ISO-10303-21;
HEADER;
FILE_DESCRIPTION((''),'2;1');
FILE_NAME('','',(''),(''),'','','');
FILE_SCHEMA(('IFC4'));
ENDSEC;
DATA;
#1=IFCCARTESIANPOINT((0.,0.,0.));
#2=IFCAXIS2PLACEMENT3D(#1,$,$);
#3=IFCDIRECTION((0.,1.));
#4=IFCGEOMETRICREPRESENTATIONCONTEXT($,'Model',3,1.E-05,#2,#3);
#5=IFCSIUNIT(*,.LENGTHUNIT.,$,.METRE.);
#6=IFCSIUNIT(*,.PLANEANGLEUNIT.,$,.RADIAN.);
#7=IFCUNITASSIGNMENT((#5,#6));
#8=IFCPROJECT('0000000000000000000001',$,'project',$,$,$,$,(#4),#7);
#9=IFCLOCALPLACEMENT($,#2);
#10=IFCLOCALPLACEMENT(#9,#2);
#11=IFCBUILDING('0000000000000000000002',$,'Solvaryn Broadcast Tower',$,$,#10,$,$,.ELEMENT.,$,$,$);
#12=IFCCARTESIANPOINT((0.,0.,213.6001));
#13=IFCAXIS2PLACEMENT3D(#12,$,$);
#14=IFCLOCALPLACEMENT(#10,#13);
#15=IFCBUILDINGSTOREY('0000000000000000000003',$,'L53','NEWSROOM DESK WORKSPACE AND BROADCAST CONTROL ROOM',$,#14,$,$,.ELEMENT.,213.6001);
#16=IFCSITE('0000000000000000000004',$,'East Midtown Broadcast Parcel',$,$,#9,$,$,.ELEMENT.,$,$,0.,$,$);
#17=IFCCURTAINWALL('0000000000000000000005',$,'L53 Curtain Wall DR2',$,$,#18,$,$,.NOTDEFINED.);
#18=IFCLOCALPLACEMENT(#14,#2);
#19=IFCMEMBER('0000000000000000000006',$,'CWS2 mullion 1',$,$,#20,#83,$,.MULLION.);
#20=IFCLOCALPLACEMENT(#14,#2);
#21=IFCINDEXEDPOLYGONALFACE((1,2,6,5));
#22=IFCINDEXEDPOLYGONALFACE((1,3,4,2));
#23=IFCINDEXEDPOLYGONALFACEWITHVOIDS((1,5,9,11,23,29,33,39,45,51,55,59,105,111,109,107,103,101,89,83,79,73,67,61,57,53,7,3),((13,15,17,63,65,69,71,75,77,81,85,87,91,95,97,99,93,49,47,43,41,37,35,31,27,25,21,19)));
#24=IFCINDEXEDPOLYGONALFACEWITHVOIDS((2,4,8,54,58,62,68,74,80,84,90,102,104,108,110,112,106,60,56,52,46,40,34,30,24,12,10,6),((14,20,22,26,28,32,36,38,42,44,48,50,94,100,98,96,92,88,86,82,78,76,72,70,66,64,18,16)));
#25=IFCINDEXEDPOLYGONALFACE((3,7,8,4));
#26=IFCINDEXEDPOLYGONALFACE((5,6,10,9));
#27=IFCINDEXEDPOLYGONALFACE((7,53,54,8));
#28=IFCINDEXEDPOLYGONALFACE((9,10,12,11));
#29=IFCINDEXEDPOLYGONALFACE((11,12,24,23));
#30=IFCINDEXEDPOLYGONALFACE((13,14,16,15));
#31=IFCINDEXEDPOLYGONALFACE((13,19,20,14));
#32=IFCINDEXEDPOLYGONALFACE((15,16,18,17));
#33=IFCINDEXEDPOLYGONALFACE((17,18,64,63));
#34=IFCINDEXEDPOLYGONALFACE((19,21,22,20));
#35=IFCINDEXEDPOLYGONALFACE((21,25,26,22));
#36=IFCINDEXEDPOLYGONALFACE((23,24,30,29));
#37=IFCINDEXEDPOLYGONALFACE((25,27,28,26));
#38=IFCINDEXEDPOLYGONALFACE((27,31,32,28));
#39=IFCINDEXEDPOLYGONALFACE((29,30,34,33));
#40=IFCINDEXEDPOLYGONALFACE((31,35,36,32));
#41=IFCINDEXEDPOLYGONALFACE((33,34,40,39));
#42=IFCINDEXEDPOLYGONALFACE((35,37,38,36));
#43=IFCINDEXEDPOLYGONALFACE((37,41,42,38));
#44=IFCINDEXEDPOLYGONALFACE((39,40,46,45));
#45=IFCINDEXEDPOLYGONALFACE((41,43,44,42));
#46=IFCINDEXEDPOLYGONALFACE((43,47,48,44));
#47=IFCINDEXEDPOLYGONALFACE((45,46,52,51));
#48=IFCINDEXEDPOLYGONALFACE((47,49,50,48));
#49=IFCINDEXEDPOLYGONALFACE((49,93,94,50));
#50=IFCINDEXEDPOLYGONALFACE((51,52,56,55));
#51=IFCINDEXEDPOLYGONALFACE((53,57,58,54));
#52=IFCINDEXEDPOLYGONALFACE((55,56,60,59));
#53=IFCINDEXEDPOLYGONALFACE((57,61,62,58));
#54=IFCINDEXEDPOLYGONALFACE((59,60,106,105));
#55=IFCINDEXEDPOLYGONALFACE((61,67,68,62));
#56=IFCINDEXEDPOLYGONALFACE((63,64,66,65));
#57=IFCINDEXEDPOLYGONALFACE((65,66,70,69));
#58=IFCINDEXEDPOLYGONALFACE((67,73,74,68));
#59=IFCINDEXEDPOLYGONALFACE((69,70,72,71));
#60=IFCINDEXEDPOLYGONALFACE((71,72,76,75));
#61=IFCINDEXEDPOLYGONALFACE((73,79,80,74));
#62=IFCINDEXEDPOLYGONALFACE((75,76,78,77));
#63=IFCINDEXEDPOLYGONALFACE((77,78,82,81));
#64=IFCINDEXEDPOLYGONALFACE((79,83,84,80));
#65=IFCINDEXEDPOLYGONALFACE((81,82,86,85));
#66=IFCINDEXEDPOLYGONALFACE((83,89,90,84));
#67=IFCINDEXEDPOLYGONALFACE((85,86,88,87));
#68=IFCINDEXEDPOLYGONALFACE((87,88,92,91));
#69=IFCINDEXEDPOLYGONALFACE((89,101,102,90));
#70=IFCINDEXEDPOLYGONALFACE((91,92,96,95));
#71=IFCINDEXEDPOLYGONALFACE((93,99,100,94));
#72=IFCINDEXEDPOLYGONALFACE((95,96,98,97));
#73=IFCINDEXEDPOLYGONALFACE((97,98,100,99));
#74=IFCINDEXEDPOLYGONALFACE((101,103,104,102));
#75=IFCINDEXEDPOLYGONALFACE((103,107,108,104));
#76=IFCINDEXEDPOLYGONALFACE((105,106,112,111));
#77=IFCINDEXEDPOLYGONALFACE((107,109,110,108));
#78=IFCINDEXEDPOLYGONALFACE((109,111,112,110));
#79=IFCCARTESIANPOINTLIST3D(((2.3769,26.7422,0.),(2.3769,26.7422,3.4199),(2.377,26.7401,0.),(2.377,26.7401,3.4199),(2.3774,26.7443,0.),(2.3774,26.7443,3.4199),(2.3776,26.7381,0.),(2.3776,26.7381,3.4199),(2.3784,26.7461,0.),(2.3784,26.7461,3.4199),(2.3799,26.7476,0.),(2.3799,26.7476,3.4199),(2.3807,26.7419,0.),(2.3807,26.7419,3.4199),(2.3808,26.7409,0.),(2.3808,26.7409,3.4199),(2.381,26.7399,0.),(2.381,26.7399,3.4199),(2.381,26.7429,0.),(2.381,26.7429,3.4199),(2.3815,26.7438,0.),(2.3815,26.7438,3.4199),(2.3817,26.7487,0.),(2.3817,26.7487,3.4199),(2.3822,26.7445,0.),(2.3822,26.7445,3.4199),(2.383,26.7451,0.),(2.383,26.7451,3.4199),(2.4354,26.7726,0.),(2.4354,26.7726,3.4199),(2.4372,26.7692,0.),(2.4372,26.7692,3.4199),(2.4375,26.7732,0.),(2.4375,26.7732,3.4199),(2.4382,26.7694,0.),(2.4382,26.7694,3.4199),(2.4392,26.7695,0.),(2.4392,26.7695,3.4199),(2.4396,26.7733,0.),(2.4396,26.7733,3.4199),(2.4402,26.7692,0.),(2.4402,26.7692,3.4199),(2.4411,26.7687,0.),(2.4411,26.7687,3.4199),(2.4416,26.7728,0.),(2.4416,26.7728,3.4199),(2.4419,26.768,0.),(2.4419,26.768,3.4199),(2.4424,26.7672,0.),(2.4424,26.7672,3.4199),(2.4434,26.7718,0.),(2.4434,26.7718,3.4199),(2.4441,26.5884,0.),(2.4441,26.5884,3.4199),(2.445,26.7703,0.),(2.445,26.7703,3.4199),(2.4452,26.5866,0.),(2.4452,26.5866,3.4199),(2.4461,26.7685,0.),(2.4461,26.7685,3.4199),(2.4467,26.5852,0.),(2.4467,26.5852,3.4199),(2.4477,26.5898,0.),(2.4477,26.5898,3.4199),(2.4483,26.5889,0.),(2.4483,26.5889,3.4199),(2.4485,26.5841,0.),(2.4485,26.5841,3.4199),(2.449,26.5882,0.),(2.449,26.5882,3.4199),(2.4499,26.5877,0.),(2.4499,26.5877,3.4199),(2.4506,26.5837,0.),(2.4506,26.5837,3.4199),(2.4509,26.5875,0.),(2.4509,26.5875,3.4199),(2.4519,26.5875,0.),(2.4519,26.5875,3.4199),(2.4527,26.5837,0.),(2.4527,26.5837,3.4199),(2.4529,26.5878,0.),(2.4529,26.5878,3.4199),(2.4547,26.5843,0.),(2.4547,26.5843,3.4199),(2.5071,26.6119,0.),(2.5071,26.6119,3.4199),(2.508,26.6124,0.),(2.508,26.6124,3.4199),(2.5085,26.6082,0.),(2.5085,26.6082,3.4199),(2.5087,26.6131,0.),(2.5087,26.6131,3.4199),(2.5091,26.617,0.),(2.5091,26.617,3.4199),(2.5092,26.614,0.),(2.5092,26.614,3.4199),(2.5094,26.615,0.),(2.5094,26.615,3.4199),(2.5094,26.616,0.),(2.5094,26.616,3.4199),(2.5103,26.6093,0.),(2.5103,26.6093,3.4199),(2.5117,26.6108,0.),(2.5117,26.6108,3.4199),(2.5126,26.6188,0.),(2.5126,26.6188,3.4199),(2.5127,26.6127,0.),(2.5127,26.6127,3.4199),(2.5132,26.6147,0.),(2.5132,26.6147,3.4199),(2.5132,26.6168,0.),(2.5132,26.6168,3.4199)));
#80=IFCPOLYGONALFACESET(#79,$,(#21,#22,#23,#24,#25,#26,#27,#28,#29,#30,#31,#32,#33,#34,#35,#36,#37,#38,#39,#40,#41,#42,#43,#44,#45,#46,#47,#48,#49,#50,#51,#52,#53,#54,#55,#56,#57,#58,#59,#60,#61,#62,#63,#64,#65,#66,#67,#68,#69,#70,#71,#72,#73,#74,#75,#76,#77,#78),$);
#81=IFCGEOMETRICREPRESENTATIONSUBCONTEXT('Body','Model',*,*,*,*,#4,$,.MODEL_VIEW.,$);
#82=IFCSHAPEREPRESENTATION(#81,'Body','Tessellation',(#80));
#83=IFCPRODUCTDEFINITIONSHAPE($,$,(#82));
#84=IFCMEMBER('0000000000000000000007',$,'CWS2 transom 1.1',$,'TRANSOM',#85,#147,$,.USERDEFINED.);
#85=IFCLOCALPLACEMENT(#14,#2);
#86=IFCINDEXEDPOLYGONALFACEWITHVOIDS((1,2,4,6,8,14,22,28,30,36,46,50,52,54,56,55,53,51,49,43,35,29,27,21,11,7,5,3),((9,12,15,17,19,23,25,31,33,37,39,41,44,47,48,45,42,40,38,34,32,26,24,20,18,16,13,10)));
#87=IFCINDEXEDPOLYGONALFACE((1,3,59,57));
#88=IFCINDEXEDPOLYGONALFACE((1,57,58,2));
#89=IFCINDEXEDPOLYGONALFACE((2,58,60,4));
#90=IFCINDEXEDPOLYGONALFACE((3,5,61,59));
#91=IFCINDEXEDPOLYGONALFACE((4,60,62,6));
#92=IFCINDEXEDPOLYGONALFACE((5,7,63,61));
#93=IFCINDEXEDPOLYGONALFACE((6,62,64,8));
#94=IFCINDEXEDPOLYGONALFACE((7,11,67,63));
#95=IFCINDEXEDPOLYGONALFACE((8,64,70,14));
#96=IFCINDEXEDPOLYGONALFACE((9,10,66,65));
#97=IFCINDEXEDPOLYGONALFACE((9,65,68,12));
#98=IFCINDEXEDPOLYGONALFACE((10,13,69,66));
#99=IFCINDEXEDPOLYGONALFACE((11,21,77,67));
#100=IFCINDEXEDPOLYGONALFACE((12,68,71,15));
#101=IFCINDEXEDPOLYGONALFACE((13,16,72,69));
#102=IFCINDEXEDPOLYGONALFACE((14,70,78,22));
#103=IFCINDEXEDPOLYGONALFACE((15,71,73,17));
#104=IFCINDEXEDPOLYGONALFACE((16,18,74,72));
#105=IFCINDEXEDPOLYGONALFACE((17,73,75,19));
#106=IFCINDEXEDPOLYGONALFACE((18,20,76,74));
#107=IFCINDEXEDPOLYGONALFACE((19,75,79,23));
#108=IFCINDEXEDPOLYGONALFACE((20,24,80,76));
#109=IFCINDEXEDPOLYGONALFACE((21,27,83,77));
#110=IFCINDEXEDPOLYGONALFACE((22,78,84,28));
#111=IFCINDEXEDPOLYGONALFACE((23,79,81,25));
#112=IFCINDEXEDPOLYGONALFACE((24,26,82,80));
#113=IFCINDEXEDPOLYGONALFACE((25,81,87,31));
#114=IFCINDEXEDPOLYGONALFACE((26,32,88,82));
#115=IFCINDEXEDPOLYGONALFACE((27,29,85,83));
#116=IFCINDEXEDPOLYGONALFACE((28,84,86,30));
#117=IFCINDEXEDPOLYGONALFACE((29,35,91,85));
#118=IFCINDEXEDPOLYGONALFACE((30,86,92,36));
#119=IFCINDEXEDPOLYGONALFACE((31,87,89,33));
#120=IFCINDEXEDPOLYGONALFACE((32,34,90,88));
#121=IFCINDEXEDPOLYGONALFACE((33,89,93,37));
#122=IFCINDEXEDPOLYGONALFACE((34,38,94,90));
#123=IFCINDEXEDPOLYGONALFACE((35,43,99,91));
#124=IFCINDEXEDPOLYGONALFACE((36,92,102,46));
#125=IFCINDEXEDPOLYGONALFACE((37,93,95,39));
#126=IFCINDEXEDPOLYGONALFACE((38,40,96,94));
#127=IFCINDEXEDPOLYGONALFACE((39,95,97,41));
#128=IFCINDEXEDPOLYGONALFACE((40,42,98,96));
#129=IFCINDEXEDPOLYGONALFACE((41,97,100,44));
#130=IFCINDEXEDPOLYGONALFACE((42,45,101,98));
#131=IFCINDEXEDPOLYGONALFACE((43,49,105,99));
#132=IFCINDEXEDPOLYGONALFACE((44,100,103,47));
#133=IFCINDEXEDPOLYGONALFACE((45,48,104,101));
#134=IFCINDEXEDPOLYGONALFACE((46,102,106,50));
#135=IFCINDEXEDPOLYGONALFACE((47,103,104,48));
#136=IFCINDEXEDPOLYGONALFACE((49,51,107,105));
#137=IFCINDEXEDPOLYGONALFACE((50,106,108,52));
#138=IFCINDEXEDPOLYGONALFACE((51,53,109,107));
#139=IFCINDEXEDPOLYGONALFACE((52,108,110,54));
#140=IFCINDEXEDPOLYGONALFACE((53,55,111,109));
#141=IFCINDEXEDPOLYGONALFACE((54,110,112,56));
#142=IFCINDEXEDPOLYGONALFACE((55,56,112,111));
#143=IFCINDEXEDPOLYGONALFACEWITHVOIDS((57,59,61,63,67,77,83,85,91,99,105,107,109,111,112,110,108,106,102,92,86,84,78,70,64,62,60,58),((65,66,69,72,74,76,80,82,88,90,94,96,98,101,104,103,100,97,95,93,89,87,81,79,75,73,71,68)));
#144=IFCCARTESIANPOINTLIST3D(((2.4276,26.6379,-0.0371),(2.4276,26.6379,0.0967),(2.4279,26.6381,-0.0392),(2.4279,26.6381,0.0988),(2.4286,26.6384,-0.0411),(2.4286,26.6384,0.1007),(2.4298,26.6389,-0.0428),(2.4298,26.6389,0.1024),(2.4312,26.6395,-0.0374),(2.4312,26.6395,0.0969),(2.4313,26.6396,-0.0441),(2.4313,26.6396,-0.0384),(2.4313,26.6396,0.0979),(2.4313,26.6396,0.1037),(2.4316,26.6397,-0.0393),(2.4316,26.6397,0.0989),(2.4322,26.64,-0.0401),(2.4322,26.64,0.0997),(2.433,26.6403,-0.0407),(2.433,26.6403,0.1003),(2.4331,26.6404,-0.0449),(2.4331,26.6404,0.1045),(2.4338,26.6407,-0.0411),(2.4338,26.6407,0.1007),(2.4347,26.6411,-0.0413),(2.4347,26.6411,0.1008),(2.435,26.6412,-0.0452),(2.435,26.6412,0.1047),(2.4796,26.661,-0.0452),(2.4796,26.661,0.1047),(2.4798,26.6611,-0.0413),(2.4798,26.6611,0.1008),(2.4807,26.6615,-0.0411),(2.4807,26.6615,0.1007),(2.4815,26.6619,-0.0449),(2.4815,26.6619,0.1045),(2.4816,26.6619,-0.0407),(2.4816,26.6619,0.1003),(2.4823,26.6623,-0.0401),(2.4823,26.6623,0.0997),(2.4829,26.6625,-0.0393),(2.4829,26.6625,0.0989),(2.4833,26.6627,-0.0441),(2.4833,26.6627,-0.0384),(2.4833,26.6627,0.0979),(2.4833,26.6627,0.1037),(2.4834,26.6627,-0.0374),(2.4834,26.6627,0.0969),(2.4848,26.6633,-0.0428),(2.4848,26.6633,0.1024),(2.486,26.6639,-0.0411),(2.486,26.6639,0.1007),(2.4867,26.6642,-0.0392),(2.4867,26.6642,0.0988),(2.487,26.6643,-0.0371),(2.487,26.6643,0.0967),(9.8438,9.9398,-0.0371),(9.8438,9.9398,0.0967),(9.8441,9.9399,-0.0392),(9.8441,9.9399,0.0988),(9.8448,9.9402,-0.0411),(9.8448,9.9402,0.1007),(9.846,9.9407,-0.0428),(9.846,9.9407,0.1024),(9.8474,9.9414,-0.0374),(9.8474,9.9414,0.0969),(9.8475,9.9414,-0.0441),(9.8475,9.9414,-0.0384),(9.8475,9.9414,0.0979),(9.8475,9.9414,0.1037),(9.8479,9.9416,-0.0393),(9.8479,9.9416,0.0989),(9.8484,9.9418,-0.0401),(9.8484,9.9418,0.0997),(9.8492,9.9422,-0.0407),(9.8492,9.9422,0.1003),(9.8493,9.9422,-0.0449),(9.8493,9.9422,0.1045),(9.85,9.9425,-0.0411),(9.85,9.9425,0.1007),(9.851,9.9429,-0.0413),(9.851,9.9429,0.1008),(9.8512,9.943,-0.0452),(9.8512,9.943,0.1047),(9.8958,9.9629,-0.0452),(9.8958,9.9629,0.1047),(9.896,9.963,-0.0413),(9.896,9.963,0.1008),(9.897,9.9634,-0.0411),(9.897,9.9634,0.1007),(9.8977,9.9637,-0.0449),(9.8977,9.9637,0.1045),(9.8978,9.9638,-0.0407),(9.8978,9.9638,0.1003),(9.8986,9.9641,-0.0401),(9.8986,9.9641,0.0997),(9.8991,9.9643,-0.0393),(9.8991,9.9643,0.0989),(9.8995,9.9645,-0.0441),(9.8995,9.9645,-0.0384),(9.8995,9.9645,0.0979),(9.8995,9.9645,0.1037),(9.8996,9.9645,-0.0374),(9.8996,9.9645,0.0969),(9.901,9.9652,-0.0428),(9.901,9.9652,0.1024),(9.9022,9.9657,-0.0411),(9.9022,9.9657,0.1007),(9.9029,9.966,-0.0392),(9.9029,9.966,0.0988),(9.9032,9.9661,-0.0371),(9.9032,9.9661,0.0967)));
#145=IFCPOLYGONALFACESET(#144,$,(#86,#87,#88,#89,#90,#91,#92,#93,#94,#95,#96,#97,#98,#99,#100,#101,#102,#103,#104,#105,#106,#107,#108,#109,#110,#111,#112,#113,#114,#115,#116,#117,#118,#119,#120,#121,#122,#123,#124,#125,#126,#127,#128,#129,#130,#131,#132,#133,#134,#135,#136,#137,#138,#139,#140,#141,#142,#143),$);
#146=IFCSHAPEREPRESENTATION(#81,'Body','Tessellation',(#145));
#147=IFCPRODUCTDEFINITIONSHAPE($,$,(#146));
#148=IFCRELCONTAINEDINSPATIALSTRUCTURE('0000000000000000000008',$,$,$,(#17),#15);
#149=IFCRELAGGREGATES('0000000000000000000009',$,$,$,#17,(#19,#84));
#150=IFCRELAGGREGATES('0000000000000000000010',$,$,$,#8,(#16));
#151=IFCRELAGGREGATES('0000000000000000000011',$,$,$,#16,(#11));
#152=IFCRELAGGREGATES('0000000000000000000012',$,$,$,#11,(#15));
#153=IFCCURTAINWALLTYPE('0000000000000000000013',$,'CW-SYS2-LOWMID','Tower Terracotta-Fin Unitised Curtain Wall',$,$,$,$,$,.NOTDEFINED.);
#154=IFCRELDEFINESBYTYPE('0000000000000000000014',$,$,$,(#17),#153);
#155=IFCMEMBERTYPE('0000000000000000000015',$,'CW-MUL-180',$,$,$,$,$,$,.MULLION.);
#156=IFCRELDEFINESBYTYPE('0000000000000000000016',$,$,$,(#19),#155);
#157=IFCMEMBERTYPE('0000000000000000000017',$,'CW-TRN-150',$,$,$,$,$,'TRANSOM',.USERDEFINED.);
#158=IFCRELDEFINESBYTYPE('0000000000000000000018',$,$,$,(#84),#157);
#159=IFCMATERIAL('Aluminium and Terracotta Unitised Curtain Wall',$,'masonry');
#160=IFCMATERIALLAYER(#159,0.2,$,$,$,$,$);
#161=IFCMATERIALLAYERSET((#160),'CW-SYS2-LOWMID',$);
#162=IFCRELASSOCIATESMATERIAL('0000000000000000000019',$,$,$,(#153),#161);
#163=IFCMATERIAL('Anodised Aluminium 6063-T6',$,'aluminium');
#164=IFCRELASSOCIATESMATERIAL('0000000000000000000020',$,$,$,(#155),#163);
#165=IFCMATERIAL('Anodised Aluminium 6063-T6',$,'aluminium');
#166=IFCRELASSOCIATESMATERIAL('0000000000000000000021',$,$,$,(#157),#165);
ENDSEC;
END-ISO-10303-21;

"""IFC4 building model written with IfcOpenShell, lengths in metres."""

from ifc_helpers import new_model, si_unit, direction, frame, origin, origin_2d, place, context, subcontext, project, spatial, hollow_rectangle, extrude, material, layer, layer_set, material_profile, profile_set, type_object, element, aggregate, save


model = new_model("IFC4")

# Units and contexts
model_context = context("Model", 3, precision=1e-05, world=origin(), true_north=direction((0.0, 1.0)))
body_context = subcontext(model_context, "Body", "Model", "MODEL_VIEW")
ifc_project = project(units=[si_unit("LENGTHUNIT", "METRE"), si_unit("PLANEANGLEUNIT", "RADIAN")], contexts=[model_context])

# Site, building, storey
site_placement = place(None, origin())
site = spatial("IfcSite", under=ifc_project, at=site_placement, Name="East Midtown Broadcast Parcel", CompositionType="ELEMENT", RefElevation=0.0)
building_placement = place(site_placement, origin())
building = spatial("IfcBuilding", under=site, at=building_placement, Name="Solvaryn Broadcast Tower", CompositionType="ELEMENT")
storey_placement = place(building_placement, frame((0.0, 0.0, 213.6001)))
storey = spatial("IfcBuildingStorey", under=building, at=storey_placement, Name="L53", Description="NEWSROOM DESK WORKSPACE AND BROADCAST CONTROL ROOM", CompositionType="ELEMENT", Elevation=213.6001)

# Shared definitions
ifc_material_1 = material(Name="Aluminium and Terracotta Unitised Curtain Wall", Category="masonry")
ifc_layer_1 = layer(ifc_material_1, 0.2)
ifc_layer_set_1 = layer_set([ifc_layer_1], Name="CW-SYS2-LOWMID")
curtain_wall_type = type_object("IfcCurtainWallType", Name="CW-SYS2-LOWMID", Description="Tower Terracotta-Fin Unitised Curtain Wall", PredefinedType="NOTDEFINED", material=ifc_layer_set_1)
ifc_material_2 = material(Name="Anodised Aluminium 6063-T6", Category="aluminium")
ifc_material_profile_1 = material_profile(ifc_material_2, hollow_rectangle(XDim=0.075, YDim=0.1799, WallThickness=0.0039, InnerFilletRadius=0.0039, OuterFilletRadius=0.0081, at=origin_2d()))
ifc_profile_set_1 = profile_set([ifc_material_profile_1], Name="Anodised Aluminium 6063-T6")
member_type_1 = type_object("IfcMemberType", Name="CW-MUL-180", PredefinedType="MULLION", material=ifc_profile_set_1)

# Curtain wall, members
curtain_wall_1_placement = place(storey_placement, origin())
curtain_wall_1 = element("IfcCurtainWall", 1, at=curtain_wall_1_placement, inside=storey, type_object=curtain_wall_type, Name="L53 Curtain Wall DR2", PredefinedType="NOTDEFINED")
member_1_placement = place(storey_placement, frame((2.4451, 26.6785, 0.0), z_axis=(0.0, 0.0, 1.0), x_axis=(0.913917, 0.405901, 0.0)))
member_1 = element("IfcMember", 2, at=member_1_placement, type_object=member_type_1, Name="CWS2 mullion 1", PredefinedType="MULLION", context=body_context, shape_type="SweptSolid", body=[
    extrude(hollow_rectangle(XDim=0.075, YDim=0.1799, WallThickness=0.0039, InnerFilletRadius=0.0039, OuterFilletRadius=0.0081, at=origin_2d()), origin(), (0.0, 0.0, 1.0), 3.4199),
])
ifc_material_3 = material(Name="Anodised Aluminium 6063-T6", Category="aluminium")
ifc_material_profile_2 = material_profile(ifc_material_3, hollow_rectangle(XDim=0.0649, YDim=0.1499, WallThickness=0.0039, InnerFilletRadius=0.0039, OuterFilletRadius=0.0081, at=origin_2d()))
ifc_profile_set_2 = profile_set([ifc_material_profile_2], Name="Anodised Aluminium 6063-T6")
member_type_2 = type_object("IfcMemberType", Name="CW-TRN-150", ElementType="TRANSOM", PredefinedType="USERDEFINED", material=ifc_profile_set_2)
member_2_placement = place(storey_placement, frame((2.4573, 26.6511, 0.0298), z_axis=(0.405902, -0.913917, 0.0), x_axis=(0.913917, 0.405902, 0.0)))
member_2 = element("IfcMember", 3, at=member_2_placement, type_object=member_type_2, Name="CWS2 transom 1.1", ObjectType="TRANSOM", PredefinedType="USERDEFINED", context=body_context, shape_type="SweptSolid", body=[
    extrude(hollow_rectangle(XDim=0.0649, YDim=0.1499, WallThickness=0.0039, InnerFilletRadius=0.0039, OuterFilletRadius=0.0081, at=origin_2d()), origin(), (0.0, 0.0, 1.0), 18.271),
])
aggregate(curtain_wall_1, [member_1, member_2])

save(model, "model.ifc")
